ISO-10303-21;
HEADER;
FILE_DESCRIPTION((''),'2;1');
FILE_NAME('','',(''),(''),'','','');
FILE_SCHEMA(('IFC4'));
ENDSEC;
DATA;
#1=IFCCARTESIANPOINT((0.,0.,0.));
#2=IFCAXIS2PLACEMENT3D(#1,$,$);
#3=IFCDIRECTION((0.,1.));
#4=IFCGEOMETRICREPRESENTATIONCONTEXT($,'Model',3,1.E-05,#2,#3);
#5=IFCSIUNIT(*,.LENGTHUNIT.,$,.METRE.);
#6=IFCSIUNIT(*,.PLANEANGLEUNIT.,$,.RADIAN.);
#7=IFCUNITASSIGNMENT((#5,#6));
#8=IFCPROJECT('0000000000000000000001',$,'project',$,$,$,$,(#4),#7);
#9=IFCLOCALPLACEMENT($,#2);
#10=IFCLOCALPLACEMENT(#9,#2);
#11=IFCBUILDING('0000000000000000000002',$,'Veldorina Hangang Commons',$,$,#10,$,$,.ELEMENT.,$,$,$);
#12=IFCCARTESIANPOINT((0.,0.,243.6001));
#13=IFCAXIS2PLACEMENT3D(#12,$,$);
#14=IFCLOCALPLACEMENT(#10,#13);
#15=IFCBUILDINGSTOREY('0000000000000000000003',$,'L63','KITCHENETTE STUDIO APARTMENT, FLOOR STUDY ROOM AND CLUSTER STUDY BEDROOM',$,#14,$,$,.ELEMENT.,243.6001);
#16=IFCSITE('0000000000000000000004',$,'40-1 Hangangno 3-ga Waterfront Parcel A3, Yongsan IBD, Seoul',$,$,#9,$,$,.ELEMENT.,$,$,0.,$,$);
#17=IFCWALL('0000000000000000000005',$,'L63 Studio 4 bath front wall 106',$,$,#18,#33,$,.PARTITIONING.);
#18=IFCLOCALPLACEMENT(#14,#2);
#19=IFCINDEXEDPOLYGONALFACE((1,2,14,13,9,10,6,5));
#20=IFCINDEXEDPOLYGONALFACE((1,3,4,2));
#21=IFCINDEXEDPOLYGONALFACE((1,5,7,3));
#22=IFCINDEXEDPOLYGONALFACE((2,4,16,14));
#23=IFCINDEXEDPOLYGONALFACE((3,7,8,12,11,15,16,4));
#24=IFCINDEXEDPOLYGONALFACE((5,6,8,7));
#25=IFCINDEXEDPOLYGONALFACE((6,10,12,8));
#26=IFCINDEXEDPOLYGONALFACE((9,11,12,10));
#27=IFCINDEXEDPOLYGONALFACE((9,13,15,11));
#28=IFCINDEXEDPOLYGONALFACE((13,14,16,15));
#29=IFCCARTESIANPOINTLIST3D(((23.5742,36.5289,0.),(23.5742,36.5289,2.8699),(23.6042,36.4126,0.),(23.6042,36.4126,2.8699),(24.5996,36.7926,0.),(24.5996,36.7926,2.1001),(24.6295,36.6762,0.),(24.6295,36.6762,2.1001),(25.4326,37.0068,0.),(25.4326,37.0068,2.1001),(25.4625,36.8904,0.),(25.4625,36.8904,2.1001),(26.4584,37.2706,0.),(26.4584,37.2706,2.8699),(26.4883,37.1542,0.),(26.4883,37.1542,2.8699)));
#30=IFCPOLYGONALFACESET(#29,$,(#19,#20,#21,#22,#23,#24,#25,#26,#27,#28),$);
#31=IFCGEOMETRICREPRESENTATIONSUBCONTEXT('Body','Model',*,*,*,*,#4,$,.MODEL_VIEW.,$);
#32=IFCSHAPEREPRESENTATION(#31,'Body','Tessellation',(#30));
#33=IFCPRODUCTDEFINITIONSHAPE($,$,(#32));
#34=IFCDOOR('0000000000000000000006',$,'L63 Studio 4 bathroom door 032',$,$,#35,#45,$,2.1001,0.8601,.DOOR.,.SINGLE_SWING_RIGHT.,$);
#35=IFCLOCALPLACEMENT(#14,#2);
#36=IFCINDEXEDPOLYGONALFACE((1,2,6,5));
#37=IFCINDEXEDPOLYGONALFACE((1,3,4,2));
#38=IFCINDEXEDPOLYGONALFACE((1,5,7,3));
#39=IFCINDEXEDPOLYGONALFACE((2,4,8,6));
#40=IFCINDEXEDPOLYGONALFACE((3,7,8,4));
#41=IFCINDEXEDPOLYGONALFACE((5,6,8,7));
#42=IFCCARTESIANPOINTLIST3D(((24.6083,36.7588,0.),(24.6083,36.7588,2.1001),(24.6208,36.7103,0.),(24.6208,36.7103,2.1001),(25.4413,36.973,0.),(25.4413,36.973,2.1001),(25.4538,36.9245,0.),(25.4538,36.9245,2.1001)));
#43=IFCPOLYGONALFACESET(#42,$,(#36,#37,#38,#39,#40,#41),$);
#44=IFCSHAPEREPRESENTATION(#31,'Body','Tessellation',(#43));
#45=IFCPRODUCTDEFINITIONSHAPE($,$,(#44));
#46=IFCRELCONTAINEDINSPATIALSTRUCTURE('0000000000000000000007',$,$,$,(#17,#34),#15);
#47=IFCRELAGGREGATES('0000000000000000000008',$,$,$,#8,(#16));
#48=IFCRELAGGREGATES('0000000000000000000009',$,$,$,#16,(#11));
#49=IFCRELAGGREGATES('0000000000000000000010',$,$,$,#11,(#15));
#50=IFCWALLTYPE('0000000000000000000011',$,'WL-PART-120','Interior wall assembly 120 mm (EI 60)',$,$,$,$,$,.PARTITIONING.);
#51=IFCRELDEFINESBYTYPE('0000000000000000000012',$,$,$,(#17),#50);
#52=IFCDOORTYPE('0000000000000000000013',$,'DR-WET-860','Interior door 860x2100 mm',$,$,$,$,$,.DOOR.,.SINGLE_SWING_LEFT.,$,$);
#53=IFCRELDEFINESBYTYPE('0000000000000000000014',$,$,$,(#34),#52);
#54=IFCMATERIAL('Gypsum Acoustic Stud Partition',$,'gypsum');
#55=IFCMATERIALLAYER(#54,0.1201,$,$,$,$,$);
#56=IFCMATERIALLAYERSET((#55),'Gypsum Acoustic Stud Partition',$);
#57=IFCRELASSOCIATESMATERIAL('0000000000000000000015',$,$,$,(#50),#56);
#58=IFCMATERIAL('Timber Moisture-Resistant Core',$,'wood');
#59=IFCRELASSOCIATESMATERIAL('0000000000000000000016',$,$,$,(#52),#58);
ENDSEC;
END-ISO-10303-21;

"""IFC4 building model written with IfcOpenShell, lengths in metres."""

from ifc_helpers import new_model, si_unit, direction, frame, frame_2d, origin, place, context, subcontext, project, spatial, rectangle, extrude, material, layer, layer_set, type_object, element, fill, save


model = new_model("IFC4")

# Units and contexts
model_context = context("Model", 3, precision=1e-05, world=origin(), true_north=direction((0.0, 1.0)))
body_context = subcontext(model_context, "Body", "Model", "MODEL_VIEW")
ifc_project = project(units=[si_unit("LENGTHUNIT", "METRE"), si_unit("PLANEANGLEUNIT", "RADIAN")], contexts=[model_context])

# Site, building, storey
site_placement = place(None, origin())
site = spatial("IfcSite", under=ifc_project, at=site_placement, Name="40-1 Hangangno 3-ga Waterfront Parcel A3, Yongsan IBD, Seoul", CompositionType="ELEMENT", RefElevation=0.0)
building_placement = place(site_placement, origin())
building = spatial("IfcBuilding", under=site, at=building_placement, Name="Veldorina Hangang Commons", CompositionType="ELEMENT")
storey_placement = place(building_placement, frame((0.0, 0.0, 243.6001)))
storey = spatial("IfcBuildingStorey", under=building, at=storey_placement, Name="L63", Description="KITCHENETTE STUDIO APARTMENT, FLOOR STUDY ROOM AND CLUSTER STUDY BEDROOM", CompositionType="ELEMENT", Elevation=243.6001)

# Shared definitions
ifc_material_1 = material(Name="Gypsum Acoustic Stud Partition", Category="gypsum")
ifc_layer_1 = layer(ifc_material_1, 0.1201)
ifc_layer_set_1 = layer_set([ifc_layer_1], Name="Gypsum Acoustic Stud Partition")
wall_type_1 = type_object("IfcWallType", Name="WL-PART-120", Description="Interior wall assembly 120 mm (EI 60)", PredefinedType="PARTITIONING", material=ifc_layer_set_1)

# Wall, opening, door
wall_1_placement = place(storey_placement, frame((26.4734, 37.2124, 0.0), z_axis=(0.0, 0.0, 1.0), x_axis=(-0.968491, -0.24905, 0.0)))
wall_1 = element("IfcWall", 1, at=wall_1_placement, inside=storey, type_object=wall_type_1, Name="L63 Studio 4 bath front wall 106", PredefinedType="PARTITIONING", context=body_context, shape_type="SweptSolid", body=[
    extrude(rectangle(XDim=2.978, YDim=0.1201, at=frame_2d((1.489, 0.0))), origin(), (0.0, 0.0, 1.0), 2.8699),
])
opening_1_placement = place(wall_1_placement, frame((1.0591, 0.0, 0.0)))
opening_1 = element("IfcOpeningElement", 2, at=opening_1_placement, cuts=wall_1, PredefinedType="OPENING", context=body_context, shape_type="SweptSolid", body=[
    extrude(rectangle(XDim=0.8601, YDim=2.1001, at=frame_2d((0.4302, 1.05))), frame((0.0, 0.0701, 0.0), z_axis=(0.0, -1.0, 0.0), x_axis=(1.0, 0.0, 0.0)), (0.0, 0.0, 1.0), 0.1401),
])
ifc_material_2 = material(Name="Timber Moisture-Resistant Core", Category="wood")
door_type_1 = type_object("IfcDoorType", Name="DR-WET-860", Description="Interior door 860x2100 mm", OperationType="SINGLE_SWING_LEFT", PredefinedType="DOOR", material=ifc_material_2)
door_1_placement = place(opening_1_placement, origin())
door_1 = element("IfcDoor", 3, at=door_1_placement, inside=storey, type_object=door_type_1, Name="L63 Studio 4 bathroom door 032", OperationType="SINGLE_SWING_RIGHT", OverallHeight=2.1001, OverallWidth=0.8601, PredefinedType="DOOR", context=body_context, shape_type="SweptSolid", body=[
    extrude(rectangle(XDim=0.8601, YDim=2.1001, at=frame_2d((0.4302, 1.05))), frame((0.0, 0.0249, 0.0), z_axis=(0.0, -1.0, 0.0), x_axis=(1.0, 0.0, 0.0)), (0.0, 0.0, 1.0), 0.05),
])
fill(opening_1, door_1)

save(model, "model.ifc")
